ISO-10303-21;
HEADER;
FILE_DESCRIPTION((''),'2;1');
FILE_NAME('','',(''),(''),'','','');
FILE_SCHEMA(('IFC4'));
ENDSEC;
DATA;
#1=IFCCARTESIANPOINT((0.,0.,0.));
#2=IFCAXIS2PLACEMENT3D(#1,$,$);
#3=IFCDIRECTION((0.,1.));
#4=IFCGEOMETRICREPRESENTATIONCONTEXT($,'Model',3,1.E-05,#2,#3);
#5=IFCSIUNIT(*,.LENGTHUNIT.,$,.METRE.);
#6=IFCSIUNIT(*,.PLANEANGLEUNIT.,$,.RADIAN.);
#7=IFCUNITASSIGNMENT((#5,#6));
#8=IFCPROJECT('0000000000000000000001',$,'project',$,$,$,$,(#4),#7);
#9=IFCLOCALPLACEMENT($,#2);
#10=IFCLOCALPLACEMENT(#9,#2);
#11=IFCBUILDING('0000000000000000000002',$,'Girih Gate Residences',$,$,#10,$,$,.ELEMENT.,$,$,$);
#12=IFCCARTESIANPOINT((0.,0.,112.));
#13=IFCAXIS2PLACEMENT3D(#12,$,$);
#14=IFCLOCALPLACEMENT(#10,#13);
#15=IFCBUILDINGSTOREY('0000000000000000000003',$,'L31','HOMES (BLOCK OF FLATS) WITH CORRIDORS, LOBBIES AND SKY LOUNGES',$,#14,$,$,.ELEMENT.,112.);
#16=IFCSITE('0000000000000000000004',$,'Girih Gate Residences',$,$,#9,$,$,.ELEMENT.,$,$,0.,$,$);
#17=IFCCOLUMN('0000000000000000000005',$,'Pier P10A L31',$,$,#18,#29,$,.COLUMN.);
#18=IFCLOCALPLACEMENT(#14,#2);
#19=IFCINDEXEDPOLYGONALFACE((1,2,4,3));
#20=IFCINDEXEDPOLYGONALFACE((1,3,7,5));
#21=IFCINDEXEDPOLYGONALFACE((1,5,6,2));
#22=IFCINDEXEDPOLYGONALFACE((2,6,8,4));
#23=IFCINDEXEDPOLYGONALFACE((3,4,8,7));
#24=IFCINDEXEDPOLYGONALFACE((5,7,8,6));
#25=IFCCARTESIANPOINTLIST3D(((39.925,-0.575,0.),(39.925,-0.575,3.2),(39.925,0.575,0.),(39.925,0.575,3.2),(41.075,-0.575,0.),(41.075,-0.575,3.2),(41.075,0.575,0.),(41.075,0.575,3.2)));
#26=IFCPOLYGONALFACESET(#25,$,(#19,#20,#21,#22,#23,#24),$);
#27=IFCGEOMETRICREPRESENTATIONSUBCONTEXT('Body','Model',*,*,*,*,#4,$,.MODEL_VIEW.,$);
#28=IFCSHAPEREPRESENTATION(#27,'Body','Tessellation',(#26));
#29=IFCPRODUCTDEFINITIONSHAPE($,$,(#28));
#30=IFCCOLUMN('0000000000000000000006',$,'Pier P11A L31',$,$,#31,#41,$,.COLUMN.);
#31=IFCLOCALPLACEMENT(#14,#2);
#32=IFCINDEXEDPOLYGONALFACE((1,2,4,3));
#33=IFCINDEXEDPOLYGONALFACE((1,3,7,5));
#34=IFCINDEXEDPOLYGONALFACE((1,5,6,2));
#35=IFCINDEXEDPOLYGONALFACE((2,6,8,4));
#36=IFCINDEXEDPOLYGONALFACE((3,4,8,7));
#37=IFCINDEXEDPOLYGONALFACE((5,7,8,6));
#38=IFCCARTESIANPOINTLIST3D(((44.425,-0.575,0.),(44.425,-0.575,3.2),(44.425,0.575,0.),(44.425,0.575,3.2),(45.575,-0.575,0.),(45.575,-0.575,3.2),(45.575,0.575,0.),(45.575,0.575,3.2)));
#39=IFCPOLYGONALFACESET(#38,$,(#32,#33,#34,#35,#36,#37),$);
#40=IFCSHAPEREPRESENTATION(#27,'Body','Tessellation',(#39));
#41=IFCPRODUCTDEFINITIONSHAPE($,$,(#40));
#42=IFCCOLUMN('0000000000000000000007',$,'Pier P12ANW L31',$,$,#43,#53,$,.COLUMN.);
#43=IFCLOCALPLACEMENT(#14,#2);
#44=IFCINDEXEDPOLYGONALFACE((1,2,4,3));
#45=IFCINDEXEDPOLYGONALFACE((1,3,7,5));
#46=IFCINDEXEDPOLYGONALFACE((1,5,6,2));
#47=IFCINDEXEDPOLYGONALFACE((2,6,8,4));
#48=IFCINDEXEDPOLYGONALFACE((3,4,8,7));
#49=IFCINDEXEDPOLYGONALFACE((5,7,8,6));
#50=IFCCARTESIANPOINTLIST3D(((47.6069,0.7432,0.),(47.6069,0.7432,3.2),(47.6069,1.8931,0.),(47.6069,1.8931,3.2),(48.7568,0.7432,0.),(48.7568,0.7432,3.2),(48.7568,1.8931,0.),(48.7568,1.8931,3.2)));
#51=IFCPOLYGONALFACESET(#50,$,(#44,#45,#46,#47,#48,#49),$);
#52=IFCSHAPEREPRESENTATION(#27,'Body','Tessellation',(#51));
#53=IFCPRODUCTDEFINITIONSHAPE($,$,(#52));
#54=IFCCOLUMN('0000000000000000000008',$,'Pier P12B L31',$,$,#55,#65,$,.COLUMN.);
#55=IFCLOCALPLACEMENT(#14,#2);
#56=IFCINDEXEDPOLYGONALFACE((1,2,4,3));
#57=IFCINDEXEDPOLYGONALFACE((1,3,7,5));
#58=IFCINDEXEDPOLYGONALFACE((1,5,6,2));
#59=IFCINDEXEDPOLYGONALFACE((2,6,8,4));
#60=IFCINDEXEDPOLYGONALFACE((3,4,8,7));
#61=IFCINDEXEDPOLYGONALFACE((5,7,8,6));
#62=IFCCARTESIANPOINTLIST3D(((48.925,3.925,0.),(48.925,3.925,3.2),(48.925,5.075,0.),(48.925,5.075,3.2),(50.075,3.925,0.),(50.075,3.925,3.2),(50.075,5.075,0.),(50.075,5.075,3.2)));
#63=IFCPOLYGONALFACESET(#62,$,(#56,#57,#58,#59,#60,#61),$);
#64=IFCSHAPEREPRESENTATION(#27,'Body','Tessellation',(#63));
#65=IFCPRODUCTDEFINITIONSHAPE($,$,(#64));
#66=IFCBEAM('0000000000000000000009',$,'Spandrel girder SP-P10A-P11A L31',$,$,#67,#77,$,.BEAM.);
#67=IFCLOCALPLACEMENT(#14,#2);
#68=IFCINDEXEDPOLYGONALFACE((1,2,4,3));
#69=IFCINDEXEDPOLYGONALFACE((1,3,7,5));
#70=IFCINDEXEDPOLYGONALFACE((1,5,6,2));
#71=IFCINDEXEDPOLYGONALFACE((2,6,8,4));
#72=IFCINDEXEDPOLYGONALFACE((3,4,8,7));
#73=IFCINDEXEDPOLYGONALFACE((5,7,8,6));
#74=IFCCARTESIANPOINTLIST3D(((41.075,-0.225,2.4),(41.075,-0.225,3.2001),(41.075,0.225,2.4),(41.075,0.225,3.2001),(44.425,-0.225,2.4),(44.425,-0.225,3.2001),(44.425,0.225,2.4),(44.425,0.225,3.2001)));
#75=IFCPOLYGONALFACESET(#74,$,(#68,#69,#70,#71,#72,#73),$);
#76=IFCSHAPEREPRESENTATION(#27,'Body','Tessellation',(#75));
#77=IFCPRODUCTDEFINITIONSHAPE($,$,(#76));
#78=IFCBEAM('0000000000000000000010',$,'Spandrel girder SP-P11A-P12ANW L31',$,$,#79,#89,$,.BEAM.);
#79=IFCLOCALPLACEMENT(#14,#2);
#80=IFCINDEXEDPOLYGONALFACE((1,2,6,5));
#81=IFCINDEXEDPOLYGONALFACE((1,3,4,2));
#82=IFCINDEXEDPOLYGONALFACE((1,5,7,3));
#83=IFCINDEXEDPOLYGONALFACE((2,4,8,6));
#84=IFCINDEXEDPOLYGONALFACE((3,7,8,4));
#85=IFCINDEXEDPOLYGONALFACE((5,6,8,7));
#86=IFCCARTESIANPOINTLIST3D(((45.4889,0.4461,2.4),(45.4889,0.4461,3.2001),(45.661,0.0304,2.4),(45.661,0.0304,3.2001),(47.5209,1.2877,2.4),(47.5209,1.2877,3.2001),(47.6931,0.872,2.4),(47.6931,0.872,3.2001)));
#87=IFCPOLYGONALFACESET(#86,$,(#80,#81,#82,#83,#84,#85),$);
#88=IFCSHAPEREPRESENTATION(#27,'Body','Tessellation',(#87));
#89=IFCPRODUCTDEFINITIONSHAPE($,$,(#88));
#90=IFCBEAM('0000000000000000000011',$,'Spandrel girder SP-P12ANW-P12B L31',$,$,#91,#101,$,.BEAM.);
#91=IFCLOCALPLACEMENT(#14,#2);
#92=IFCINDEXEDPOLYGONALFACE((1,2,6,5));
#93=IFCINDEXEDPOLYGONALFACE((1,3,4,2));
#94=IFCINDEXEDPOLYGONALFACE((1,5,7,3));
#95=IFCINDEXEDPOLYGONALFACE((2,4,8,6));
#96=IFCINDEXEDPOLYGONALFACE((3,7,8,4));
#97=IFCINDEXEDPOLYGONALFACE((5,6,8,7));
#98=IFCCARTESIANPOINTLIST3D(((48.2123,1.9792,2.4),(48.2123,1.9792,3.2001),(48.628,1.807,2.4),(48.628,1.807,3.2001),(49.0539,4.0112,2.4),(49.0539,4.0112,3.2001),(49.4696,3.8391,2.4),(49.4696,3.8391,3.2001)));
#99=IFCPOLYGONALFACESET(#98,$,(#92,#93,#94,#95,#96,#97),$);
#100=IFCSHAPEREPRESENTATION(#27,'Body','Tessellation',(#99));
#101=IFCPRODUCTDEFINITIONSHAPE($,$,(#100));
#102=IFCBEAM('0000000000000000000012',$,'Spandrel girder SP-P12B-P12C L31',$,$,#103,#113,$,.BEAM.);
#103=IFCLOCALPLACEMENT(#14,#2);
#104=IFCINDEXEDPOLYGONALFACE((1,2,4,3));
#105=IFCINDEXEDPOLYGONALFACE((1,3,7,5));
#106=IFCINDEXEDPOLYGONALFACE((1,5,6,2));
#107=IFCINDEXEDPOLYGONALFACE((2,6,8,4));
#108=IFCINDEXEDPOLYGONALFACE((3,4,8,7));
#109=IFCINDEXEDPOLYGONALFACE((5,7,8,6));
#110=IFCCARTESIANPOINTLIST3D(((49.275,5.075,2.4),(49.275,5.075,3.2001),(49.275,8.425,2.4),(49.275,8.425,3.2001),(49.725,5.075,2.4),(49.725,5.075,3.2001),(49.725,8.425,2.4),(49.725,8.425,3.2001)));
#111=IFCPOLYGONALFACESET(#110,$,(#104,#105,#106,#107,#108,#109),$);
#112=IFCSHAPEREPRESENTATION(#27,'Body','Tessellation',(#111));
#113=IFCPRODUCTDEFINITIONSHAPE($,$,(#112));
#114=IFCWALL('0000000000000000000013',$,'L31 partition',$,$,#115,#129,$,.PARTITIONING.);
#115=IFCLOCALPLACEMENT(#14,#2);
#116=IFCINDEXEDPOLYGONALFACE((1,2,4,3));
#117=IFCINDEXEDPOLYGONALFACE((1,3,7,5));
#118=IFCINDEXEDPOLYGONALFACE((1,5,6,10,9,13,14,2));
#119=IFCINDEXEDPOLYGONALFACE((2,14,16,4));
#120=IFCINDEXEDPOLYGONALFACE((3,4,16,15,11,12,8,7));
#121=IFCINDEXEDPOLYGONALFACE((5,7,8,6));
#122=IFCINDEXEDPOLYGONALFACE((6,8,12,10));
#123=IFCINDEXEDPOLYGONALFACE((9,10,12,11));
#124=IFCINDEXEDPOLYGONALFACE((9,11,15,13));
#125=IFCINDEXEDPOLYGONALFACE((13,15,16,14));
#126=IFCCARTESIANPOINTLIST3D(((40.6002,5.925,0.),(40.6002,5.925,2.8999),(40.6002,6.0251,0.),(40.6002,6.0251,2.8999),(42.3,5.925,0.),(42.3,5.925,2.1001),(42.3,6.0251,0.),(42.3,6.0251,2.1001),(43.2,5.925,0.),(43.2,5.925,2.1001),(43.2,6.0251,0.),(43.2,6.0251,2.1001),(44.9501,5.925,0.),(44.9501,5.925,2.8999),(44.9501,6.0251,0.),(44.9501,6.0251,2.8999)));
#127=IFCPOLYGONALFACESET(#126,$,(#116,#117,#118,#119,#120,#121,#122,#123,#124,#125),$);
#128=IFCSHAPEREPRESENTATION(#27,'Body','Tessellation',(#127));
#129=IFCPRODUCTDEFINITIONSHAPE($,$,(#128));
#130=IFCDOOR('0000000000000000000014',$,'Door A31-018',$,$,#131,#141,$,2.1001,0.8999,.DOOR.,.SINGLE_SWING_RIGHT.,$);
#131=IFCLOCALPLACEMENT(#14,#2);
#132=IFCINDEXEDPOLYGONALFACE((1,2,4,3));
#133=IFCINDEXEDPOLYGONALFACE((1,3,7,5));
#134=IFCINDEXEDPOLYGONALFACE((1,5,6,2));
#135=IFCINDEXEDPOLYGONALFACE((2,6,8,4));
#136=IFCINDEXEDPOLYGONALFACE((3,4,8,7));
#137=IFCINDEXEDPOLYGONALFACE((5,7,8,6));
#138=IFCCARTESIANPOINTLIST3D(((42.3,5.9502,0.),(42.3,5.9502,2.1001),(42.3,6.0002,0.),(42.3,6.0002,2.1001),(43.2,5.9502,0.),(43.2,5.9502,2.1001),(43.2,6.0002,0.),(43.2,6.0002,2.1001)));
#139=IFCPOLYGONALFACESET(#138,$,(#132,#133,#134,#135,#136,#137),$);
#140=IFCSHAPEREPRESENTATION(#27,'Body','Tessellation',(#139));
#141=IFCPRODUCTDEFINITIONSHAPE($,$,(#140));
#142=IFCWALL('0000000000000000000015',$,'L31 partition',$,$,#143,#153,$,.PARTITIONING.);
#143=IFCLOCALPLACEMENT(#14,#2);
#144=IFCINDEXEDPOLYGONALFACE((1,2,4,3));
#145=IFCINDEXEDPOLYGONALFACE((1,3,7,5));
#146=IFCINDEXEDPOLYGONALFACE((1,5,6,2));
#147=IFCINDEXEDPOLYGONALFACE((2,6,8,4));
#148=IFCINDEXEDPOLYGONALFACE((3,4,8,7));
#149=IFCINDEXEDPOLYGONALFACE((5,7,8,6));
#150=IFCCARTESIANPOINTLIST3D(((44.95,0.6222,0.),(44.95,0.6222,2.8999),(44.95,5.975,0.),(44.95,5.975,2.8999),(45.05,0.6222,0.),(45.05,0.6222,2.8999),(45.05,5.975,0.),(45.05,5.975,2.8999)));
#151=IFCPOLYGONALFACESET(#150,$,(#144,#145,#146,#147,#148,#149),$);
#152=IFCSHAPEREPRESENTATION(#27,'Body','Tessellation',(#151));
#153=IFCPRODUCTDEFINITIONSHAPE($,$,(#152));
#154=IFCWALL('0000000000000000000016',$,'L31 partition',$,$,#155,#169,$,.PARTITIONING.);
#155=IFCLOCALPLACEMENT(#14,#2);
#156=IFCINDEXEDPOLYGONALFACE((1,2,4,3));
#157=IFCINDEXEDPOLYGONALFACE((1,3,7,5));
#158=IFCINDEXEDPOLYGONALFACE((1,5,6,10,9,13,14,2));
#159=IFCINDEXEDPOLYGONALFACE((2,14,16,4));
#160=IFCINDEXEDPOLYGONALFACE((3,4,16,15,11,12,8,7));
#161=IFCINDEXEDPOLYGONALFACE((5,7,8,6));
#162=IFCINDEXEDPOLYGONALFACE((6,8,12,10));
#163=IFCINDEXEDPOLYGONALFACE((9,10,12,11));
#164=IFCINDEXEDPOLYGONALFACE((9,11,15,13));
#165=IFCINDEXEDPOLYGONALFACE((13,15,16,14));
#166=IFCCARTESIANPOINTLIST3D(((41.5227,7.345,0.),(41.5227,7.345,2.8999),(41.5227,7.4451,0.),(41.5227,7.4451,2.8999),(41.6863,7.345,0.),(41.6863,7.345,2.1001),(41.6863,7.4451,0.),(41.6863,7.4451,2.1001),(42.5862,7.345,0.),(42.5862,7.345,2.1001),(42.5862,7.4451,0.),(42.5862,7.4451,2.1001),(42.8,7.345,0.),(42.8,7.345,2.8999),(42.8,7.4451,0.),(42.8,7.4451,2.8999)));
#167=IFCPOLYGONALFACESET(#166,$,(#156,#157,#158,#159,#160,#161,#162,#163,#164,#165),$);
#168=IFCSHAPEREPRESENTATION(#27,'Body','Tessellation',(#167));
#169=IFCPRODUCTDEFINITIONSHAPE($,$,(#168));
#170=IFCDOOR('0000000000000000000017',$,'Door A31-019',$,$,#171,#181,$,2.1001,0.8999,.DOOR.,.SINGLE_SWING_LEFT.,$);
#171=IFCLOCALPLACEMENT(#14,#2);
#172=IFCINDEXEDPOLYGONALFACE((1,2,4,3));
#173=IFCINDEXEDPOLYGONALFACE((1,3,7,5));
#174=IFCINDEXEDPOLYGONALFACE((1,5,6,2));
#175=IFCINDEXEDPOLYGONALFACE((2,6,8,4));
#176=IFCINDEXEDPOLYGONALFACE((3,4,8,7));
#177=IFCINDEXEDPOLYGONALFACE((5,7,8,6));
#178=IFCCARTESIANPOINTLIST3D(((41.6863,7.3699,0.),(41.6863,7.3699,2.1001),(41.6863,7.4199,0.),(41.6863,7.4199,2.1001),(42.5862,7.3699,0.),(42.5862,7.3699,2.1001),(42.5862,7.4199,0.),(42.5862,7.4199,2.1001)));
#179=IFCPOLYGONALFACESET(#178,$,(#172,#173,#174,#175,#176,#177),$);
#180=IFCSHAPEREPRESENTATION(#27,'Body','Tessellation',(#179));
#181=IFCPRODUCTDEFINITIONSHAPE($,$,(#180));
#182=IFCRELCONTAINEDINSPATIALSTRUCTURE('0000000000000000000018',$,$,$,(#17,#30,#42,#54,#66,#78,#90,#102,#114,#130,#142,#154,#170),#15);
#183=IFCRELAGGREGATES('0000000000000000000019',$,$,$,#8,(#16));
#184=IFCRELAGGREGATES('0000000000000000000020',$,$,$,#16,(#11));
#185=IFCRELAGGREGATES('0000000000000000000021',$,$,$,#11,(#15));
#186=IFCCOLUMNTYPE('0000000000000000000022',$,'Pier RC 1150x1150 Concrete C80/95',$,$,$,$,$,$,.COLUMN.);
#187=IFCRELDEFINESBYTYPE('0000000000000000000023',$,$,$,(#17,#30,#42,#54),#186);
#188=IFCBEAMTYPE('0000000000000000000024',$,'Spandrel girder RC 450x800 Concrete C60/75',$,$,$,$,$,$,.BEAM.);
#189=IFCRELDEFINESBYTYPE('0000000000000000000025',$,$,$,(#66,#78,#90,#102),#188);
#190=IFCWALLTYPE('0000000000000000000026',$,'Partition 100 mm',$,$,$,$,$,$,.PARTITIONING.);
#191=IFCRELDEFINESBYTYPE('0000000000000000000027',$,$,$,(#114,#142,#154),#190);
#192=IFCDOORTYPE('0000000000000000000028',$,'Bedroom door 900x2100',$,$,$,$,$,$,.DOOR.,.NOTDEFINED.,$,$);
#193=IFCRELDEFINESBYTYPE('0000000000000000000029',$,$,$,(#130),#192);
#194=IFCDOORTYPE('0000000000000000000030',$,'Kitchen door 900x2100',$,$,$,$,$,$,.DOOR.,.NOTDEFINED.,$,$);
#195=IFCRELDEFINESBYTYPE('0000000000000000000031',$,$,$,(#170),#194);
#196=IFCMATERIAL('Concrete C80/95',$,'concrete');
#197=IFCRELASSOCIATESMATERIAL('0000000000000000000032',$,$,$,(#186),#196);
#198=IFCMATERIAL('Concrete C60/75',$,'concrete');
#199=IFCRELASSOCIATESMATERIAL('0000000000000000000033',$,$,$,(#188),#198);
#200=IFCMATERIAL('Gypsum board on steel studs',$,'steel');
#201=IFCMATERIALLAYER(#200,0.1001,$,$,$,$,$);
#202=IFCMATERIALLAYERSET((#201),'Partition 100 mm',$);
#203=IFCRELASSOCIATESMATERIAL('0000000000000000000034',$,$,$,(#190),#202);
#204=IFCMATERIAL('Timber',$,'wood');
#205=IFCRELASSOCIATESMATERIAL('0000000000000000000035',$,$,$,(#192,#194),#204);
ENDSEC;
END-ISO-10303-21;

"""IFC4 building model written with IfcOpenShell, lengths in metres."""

from ifc_helpers import new_model, si_unit, direction, frame, frame_2d, origin, origin_2d, place, context, subcontext, project, spatial, rectangle, extrude, material, layer, layer_set, material_profile, profile_set, type_object, element, fill, save


model = new_model("IFC4")

# Units and contexts
model_context = context("Model", 3, precision=1e-05, world=origin(), true_north=direction((0.0, 1.0)))
body_context = subcontext(model_context, "Body", "Model", "MODEL_VIEW")
ifc_project = project(units=[si_unit("LENGTHUNIT", "METRE"), si_unit("PLANEANGLEUNIT", "RADIAN")], contexts=[model_context])

# Site, building, storey
site_placement = place(None, origin())
site = spatial("IfcSite", under=ifc_project, at=site_placement, Name="Girih Gate Residences", CompositionType="ELEMENT", RefElevation=0.0)
building_placement = place(site_placement, origin())
building = spatial("IfcBuilding", under=site, at=building_placement, Name="Girih Gate Residences", CompositionType="ELEMENT")
storey_placement = place(building_placement, frame((0.0, 0.0, 112.0)))
storey = spatial("IfcBuildingStorey", under=building, at=storey_placement, Name="L31", Description="HOMES (BLOCK OF FLATS) WITH CORRIDORS, LOBBIES AND SKY LOUNGES", CompositionType="ELEMENT", Elevation=112.0)

# Columns
ifc_material_1 = material(Name="Concrete C80/95", Category="concrete")
ifc_material_profile_1 = material_profile(ifc_material_1, rectangle(XDim=1.1499, YDim=1.1499, at=origin_2d()))
ifc_profile_set_1 = profile_set([ifc_material_profile_1], Name="Concrete C80/95")
column_type = type_object("IfcColumnType", Name="Pier RC 1150x1150 Concrete C80/95", PredefinedType="COLUMN", material=ifc_profile_set_1)
for number, where, z_axis, x_axis, name in (
    (1, (40.5, 0.0, 0.0), (0.0, 0.0, 1.0), (1.0, 0.0, 0.0), "Pier P10A L31"),
    (2, (45.0, 0.0, 0.0), (0.0, 0.0, 1.0), (1.0, 0.0, 0.0), "Pier P11A L31"),
    (3, (48.1819, 1.3181, 0.0), (0.0, 0.0, 1.0), (1.0, 0.0, 0.0), "Pier P12ANW L31"),
    (4, (49.5, 4.5, 0.0), (0.0, 0.0, 1.0), (1.0, 0.0, 0.0), "Pier P12B L31"),
):
    element("IfcColumn", number, at=place(storey_placement, frame(where, z_axis=z_axis, x_axis=x_axis)), inside=storey, type_object=column_type, Name=name, PredefinedType="COLUMN", context=body_context, shape_type="SweptSolid", body=[
        extrude(rectangle(XDim=1.1499, YDim=1.1499, at=origin_2d()), origin(), (0.0, 0.0, 1.0), 3.2),
    ])

# Beams
ifc_material_2 = material(Name="Concrete C60/75", Category="concrete")
ifc_material_profile_2 = material_profile(ifc_material_2, rectangle(XDim=0.45, YDim=0.8, at=origin_2d()))
ifc_profile_set_2 = profile_set([ifc_material_profile_2], Name="Concrete C60/75")
beam_type = type_object("IfcBeamType", Name="Spandrel girder RC 450x800 Concrete C60/75", PredefinedType="BEAM", material=ifc_profile_set_2)
beam_1_placement = place(storey_placement, frame((41.075, 0.0, 2.8), z_axis=(1.0, 0.0, 0.0), x_axis=(0.0, 1.0, 0.0)))
element("IfcBeam", 5, at=beam_1_placement, inside=storey, type_object=beam_type, Name="Spandrel girder SP-P10A-P11A L31", PredefinedType="BEAM", context=body_context, shape_type="SweptSolid", body=[
    extrude(rectangle(XDim=0.45, YDim=0.8, at=origin_2d()), origin(), (0.0, 0.0, 1.0), 3.3501),
])
for number, where, z_axis, x_axis, name in (
    (6, (45.575, 0.2383, 2.8), (0.923899, 0.382636, 0.0), (-0.382636, 0.923899, 0.0), "Spandrel girder SP-P11A-P12ANW L31"),
    (7, (48.4202, 1.8931, 2.8), (0.382636, 0.923899, 0.0), (-0.923899, 0.382636, 0.0), "Spandrel girder SP-P12ANW-P12B L31"),
):
    element("IfcBeam", number, at=place(storey_placement, frame(where, z_axis=z_axis, x_axis=x_axis)), inside=storey, type_object=beam_type, Name=name, PredefinedType="BEAM", context=body_context, shape_type="SweptSolid", body=[
        extrude(rectangle(XDim=0.45, YDim=0.8, at=origin_2d()), origin(), (0.0, 0.0, 1.0), 2.1995),
    ])
beam_2_placement = place(storey_placement, frame((49.5, 5.075, 2.8), z_axis=(0.0, 1.0, 0.0), x_axis=(-1.0, 0.0, 0.0)))
element("IfcBeam", 8, at=beam_2_placement, inside=storey, type_object=beam_type, Name="Spandrel girder SP-P12B-P12C L31", PredefinedType="BEAM", context=body_context, shape_type="SweptSolid", body=[
    extrude(rectangle(XDim=0.45, YDim=0.8, at=origin_2d()), origin(), (0.0, 0.0, 1.0), 3.3501),
])

# Wall, opening, door
ifc_material_3 = material(Name="Gypsum board on steel studs", Category="steel")
ifc_layer_1 = layer(ifc_material_3, 0.1001)
ifc_layer_set_1 = layer_set([ifc_layer_1], Name="Partition 100 mm")
wall_type_1 = type_object("IfcWallType", Name="Partition 100 mm", PredefinedType="PARTITIONING", material=ifc_layer_set_1)
wall_1_placement = place(storey_placement, frame((44.95, 5.9751, 0.0), z_axis=(0.0, 0.0, 1.0), x_axis=(-1.0, 0.0, 0.0)))
wall_1 = element("IfcWall", 9, at=wall_1_placement, inside=storey, type_object=wall_type_1, Name="L31 partition", PredefinedType="PARTITIONING", context=body_context, shape_type="SweptSolid", body=[
    extrude(rectangle(XDim=4.3499, YDim=0.1001, at=frame_2d((2.1748, 0.0))), origin(), (0.0, 0.0, 1.0), 2.8999),
])
opening_1_placement = place(wall_1_placement, frame((1.75, 0.0, 0.0)))
opening_1 = element("IfcOpeningElement", 10, at=opening_1_placement, cuts=wall_1, PredefinedType="OPENING", context=body_context, shape_type="SweptSolid", body=[
    extrude(rectangle(XDim=0.8999, YDim=2.1001, at=frame_2d((0.45, 1.05))), frame((0.0, 0.0601, 0.0), z_axis=(0.0, -1.0, 0.0), x_axis=(1.0, 0.0, 0.0)), (0.0, 0.0, 1.0), 0.1201),
])
ifc_material_4 = material(Name="Timber", Category="wood")
door_type_1 = type_object("IfcDoorType", Name="Bedroom door 900x2100", OperationType="NOTDEFINED", PredefinedType="DOOR", material=ifc_material_4)
door_1_placement = place(opening_1_placement, origin())
door_1 = element("IfcDoor", 11, at=door_1_placement, inside=storey, type_object=door_type_1, Name="Door A31-018", OperationType="SINGLE_SWING_RIGHT", OverallHeight=2.1001, OverallWidth=0.8999, PredefinedType="DOOR", context=body_context, shape_type="SweptSolid", body=[
    extrude(rectangle(XDim=0.8999, YDim=2.1001, at=frame_2d((0.45, 1.05))), frame((0.0, 0.0249, 0.0), z_axis=(0.0, -1.0, 0.0), x_axis=(1.0, 0.0, 0.0)), (0.0, 0.0, 1.0), 0.05),
])
fill(opening_1, door_1)

# Wall
wall_2_placement = place(storey_placement, frame((45.0, 0.6223, 0.0), z_axis=(0.0, 0.0, 1.0), x_axis=(0.0, 1.0, 0.0)))
element("IfcWall", 12, at=wall_2_placement, inside=storey, type_object=wall_type_1, Name="L31 partition", PredefinedType="PARTITIONING", context=body_context, shape_type="SweptSolid", body=[
    extrude(rectangle(XDim=5.3528, YDim=0.1001, at=frame_2d((2.6763, 0.0))), origin(), (0.0, 0.0, 1.0), 2.8999),
])

# Wall, opening, door
wall_3_placement = place(storey_placement, frame((41.5227, 7.395, 0.0), z_axis=(0.0, 0.0, 1.0), x_axis=(1.0, 0.0, 0.0)))
wall_3 = element("IfcWall", 13, at=wall_3_placement, inside=storey, type_object=wall_type_1, Name="L31 partition", PredefinedType="PARTITIONING", context=body_context, shape_type="SweptSolid", body=[
    extrude(rectangle(XDim=1.2773, YDim=0.1001, at=frame_2d((0.6387, 0.0))), origin(), (0.0, 0.0, 1.0), 2.8999),
])
opening_2_placement = place(wall_3_placement, frame((0.1636, 0.0, 0.0)))
opening_2 = element("IfcOpeningElement", 14, at=opening_2_placement, cuts=wall_3, PredefinedType="OPENING", context=body_context, shape_type="SweptSolid", body=[
    extrude(rectangle(XDim=0.8999, YDim=2.1001, at=frame_2d((0.45, 1.05))), frame((0.0, 0.0601, 0.0), z_axis=(0.0, -1.0, 0.0), x_axis=(1.0, 0.0, 0.0)), (0.0, 0.0, 1.0), 0.1201),
])
door_type_2 = type_object("IfcDoorType", Name="Kitchen door 900x2100", OperationType="NOTDEFINED", PredefinedType="DOOR", material=ifc_material_4)
door_2_placement = place(opening_2_placement, origin())
door_2 = element("IfcDoor", 15, at=door_2_placement, inside=storey, type_object=door_type_2, Name="Door A31-019", OperationType="SINGLE_SWING_LEFT", OverallHeight=2.1001, OverallWidth=0.8999, PredefinedType="DOOR", context=body_context, shape_type="SweptSolid", body=[
    extrude(rectangle(XDim=0.8999, YDim=2.1001, at=frame_2d((0.45, 1.05))), frame((0.0, 0.0249, 0.0), z_axis=(0.0, -1.0, 0.0), x_axis=(1.0, 0.0, 0.0)), (0.0, 0.0, 1.0), 0.05),
])
fill(opening_2, door_2)

save(model, "model.ifc")
